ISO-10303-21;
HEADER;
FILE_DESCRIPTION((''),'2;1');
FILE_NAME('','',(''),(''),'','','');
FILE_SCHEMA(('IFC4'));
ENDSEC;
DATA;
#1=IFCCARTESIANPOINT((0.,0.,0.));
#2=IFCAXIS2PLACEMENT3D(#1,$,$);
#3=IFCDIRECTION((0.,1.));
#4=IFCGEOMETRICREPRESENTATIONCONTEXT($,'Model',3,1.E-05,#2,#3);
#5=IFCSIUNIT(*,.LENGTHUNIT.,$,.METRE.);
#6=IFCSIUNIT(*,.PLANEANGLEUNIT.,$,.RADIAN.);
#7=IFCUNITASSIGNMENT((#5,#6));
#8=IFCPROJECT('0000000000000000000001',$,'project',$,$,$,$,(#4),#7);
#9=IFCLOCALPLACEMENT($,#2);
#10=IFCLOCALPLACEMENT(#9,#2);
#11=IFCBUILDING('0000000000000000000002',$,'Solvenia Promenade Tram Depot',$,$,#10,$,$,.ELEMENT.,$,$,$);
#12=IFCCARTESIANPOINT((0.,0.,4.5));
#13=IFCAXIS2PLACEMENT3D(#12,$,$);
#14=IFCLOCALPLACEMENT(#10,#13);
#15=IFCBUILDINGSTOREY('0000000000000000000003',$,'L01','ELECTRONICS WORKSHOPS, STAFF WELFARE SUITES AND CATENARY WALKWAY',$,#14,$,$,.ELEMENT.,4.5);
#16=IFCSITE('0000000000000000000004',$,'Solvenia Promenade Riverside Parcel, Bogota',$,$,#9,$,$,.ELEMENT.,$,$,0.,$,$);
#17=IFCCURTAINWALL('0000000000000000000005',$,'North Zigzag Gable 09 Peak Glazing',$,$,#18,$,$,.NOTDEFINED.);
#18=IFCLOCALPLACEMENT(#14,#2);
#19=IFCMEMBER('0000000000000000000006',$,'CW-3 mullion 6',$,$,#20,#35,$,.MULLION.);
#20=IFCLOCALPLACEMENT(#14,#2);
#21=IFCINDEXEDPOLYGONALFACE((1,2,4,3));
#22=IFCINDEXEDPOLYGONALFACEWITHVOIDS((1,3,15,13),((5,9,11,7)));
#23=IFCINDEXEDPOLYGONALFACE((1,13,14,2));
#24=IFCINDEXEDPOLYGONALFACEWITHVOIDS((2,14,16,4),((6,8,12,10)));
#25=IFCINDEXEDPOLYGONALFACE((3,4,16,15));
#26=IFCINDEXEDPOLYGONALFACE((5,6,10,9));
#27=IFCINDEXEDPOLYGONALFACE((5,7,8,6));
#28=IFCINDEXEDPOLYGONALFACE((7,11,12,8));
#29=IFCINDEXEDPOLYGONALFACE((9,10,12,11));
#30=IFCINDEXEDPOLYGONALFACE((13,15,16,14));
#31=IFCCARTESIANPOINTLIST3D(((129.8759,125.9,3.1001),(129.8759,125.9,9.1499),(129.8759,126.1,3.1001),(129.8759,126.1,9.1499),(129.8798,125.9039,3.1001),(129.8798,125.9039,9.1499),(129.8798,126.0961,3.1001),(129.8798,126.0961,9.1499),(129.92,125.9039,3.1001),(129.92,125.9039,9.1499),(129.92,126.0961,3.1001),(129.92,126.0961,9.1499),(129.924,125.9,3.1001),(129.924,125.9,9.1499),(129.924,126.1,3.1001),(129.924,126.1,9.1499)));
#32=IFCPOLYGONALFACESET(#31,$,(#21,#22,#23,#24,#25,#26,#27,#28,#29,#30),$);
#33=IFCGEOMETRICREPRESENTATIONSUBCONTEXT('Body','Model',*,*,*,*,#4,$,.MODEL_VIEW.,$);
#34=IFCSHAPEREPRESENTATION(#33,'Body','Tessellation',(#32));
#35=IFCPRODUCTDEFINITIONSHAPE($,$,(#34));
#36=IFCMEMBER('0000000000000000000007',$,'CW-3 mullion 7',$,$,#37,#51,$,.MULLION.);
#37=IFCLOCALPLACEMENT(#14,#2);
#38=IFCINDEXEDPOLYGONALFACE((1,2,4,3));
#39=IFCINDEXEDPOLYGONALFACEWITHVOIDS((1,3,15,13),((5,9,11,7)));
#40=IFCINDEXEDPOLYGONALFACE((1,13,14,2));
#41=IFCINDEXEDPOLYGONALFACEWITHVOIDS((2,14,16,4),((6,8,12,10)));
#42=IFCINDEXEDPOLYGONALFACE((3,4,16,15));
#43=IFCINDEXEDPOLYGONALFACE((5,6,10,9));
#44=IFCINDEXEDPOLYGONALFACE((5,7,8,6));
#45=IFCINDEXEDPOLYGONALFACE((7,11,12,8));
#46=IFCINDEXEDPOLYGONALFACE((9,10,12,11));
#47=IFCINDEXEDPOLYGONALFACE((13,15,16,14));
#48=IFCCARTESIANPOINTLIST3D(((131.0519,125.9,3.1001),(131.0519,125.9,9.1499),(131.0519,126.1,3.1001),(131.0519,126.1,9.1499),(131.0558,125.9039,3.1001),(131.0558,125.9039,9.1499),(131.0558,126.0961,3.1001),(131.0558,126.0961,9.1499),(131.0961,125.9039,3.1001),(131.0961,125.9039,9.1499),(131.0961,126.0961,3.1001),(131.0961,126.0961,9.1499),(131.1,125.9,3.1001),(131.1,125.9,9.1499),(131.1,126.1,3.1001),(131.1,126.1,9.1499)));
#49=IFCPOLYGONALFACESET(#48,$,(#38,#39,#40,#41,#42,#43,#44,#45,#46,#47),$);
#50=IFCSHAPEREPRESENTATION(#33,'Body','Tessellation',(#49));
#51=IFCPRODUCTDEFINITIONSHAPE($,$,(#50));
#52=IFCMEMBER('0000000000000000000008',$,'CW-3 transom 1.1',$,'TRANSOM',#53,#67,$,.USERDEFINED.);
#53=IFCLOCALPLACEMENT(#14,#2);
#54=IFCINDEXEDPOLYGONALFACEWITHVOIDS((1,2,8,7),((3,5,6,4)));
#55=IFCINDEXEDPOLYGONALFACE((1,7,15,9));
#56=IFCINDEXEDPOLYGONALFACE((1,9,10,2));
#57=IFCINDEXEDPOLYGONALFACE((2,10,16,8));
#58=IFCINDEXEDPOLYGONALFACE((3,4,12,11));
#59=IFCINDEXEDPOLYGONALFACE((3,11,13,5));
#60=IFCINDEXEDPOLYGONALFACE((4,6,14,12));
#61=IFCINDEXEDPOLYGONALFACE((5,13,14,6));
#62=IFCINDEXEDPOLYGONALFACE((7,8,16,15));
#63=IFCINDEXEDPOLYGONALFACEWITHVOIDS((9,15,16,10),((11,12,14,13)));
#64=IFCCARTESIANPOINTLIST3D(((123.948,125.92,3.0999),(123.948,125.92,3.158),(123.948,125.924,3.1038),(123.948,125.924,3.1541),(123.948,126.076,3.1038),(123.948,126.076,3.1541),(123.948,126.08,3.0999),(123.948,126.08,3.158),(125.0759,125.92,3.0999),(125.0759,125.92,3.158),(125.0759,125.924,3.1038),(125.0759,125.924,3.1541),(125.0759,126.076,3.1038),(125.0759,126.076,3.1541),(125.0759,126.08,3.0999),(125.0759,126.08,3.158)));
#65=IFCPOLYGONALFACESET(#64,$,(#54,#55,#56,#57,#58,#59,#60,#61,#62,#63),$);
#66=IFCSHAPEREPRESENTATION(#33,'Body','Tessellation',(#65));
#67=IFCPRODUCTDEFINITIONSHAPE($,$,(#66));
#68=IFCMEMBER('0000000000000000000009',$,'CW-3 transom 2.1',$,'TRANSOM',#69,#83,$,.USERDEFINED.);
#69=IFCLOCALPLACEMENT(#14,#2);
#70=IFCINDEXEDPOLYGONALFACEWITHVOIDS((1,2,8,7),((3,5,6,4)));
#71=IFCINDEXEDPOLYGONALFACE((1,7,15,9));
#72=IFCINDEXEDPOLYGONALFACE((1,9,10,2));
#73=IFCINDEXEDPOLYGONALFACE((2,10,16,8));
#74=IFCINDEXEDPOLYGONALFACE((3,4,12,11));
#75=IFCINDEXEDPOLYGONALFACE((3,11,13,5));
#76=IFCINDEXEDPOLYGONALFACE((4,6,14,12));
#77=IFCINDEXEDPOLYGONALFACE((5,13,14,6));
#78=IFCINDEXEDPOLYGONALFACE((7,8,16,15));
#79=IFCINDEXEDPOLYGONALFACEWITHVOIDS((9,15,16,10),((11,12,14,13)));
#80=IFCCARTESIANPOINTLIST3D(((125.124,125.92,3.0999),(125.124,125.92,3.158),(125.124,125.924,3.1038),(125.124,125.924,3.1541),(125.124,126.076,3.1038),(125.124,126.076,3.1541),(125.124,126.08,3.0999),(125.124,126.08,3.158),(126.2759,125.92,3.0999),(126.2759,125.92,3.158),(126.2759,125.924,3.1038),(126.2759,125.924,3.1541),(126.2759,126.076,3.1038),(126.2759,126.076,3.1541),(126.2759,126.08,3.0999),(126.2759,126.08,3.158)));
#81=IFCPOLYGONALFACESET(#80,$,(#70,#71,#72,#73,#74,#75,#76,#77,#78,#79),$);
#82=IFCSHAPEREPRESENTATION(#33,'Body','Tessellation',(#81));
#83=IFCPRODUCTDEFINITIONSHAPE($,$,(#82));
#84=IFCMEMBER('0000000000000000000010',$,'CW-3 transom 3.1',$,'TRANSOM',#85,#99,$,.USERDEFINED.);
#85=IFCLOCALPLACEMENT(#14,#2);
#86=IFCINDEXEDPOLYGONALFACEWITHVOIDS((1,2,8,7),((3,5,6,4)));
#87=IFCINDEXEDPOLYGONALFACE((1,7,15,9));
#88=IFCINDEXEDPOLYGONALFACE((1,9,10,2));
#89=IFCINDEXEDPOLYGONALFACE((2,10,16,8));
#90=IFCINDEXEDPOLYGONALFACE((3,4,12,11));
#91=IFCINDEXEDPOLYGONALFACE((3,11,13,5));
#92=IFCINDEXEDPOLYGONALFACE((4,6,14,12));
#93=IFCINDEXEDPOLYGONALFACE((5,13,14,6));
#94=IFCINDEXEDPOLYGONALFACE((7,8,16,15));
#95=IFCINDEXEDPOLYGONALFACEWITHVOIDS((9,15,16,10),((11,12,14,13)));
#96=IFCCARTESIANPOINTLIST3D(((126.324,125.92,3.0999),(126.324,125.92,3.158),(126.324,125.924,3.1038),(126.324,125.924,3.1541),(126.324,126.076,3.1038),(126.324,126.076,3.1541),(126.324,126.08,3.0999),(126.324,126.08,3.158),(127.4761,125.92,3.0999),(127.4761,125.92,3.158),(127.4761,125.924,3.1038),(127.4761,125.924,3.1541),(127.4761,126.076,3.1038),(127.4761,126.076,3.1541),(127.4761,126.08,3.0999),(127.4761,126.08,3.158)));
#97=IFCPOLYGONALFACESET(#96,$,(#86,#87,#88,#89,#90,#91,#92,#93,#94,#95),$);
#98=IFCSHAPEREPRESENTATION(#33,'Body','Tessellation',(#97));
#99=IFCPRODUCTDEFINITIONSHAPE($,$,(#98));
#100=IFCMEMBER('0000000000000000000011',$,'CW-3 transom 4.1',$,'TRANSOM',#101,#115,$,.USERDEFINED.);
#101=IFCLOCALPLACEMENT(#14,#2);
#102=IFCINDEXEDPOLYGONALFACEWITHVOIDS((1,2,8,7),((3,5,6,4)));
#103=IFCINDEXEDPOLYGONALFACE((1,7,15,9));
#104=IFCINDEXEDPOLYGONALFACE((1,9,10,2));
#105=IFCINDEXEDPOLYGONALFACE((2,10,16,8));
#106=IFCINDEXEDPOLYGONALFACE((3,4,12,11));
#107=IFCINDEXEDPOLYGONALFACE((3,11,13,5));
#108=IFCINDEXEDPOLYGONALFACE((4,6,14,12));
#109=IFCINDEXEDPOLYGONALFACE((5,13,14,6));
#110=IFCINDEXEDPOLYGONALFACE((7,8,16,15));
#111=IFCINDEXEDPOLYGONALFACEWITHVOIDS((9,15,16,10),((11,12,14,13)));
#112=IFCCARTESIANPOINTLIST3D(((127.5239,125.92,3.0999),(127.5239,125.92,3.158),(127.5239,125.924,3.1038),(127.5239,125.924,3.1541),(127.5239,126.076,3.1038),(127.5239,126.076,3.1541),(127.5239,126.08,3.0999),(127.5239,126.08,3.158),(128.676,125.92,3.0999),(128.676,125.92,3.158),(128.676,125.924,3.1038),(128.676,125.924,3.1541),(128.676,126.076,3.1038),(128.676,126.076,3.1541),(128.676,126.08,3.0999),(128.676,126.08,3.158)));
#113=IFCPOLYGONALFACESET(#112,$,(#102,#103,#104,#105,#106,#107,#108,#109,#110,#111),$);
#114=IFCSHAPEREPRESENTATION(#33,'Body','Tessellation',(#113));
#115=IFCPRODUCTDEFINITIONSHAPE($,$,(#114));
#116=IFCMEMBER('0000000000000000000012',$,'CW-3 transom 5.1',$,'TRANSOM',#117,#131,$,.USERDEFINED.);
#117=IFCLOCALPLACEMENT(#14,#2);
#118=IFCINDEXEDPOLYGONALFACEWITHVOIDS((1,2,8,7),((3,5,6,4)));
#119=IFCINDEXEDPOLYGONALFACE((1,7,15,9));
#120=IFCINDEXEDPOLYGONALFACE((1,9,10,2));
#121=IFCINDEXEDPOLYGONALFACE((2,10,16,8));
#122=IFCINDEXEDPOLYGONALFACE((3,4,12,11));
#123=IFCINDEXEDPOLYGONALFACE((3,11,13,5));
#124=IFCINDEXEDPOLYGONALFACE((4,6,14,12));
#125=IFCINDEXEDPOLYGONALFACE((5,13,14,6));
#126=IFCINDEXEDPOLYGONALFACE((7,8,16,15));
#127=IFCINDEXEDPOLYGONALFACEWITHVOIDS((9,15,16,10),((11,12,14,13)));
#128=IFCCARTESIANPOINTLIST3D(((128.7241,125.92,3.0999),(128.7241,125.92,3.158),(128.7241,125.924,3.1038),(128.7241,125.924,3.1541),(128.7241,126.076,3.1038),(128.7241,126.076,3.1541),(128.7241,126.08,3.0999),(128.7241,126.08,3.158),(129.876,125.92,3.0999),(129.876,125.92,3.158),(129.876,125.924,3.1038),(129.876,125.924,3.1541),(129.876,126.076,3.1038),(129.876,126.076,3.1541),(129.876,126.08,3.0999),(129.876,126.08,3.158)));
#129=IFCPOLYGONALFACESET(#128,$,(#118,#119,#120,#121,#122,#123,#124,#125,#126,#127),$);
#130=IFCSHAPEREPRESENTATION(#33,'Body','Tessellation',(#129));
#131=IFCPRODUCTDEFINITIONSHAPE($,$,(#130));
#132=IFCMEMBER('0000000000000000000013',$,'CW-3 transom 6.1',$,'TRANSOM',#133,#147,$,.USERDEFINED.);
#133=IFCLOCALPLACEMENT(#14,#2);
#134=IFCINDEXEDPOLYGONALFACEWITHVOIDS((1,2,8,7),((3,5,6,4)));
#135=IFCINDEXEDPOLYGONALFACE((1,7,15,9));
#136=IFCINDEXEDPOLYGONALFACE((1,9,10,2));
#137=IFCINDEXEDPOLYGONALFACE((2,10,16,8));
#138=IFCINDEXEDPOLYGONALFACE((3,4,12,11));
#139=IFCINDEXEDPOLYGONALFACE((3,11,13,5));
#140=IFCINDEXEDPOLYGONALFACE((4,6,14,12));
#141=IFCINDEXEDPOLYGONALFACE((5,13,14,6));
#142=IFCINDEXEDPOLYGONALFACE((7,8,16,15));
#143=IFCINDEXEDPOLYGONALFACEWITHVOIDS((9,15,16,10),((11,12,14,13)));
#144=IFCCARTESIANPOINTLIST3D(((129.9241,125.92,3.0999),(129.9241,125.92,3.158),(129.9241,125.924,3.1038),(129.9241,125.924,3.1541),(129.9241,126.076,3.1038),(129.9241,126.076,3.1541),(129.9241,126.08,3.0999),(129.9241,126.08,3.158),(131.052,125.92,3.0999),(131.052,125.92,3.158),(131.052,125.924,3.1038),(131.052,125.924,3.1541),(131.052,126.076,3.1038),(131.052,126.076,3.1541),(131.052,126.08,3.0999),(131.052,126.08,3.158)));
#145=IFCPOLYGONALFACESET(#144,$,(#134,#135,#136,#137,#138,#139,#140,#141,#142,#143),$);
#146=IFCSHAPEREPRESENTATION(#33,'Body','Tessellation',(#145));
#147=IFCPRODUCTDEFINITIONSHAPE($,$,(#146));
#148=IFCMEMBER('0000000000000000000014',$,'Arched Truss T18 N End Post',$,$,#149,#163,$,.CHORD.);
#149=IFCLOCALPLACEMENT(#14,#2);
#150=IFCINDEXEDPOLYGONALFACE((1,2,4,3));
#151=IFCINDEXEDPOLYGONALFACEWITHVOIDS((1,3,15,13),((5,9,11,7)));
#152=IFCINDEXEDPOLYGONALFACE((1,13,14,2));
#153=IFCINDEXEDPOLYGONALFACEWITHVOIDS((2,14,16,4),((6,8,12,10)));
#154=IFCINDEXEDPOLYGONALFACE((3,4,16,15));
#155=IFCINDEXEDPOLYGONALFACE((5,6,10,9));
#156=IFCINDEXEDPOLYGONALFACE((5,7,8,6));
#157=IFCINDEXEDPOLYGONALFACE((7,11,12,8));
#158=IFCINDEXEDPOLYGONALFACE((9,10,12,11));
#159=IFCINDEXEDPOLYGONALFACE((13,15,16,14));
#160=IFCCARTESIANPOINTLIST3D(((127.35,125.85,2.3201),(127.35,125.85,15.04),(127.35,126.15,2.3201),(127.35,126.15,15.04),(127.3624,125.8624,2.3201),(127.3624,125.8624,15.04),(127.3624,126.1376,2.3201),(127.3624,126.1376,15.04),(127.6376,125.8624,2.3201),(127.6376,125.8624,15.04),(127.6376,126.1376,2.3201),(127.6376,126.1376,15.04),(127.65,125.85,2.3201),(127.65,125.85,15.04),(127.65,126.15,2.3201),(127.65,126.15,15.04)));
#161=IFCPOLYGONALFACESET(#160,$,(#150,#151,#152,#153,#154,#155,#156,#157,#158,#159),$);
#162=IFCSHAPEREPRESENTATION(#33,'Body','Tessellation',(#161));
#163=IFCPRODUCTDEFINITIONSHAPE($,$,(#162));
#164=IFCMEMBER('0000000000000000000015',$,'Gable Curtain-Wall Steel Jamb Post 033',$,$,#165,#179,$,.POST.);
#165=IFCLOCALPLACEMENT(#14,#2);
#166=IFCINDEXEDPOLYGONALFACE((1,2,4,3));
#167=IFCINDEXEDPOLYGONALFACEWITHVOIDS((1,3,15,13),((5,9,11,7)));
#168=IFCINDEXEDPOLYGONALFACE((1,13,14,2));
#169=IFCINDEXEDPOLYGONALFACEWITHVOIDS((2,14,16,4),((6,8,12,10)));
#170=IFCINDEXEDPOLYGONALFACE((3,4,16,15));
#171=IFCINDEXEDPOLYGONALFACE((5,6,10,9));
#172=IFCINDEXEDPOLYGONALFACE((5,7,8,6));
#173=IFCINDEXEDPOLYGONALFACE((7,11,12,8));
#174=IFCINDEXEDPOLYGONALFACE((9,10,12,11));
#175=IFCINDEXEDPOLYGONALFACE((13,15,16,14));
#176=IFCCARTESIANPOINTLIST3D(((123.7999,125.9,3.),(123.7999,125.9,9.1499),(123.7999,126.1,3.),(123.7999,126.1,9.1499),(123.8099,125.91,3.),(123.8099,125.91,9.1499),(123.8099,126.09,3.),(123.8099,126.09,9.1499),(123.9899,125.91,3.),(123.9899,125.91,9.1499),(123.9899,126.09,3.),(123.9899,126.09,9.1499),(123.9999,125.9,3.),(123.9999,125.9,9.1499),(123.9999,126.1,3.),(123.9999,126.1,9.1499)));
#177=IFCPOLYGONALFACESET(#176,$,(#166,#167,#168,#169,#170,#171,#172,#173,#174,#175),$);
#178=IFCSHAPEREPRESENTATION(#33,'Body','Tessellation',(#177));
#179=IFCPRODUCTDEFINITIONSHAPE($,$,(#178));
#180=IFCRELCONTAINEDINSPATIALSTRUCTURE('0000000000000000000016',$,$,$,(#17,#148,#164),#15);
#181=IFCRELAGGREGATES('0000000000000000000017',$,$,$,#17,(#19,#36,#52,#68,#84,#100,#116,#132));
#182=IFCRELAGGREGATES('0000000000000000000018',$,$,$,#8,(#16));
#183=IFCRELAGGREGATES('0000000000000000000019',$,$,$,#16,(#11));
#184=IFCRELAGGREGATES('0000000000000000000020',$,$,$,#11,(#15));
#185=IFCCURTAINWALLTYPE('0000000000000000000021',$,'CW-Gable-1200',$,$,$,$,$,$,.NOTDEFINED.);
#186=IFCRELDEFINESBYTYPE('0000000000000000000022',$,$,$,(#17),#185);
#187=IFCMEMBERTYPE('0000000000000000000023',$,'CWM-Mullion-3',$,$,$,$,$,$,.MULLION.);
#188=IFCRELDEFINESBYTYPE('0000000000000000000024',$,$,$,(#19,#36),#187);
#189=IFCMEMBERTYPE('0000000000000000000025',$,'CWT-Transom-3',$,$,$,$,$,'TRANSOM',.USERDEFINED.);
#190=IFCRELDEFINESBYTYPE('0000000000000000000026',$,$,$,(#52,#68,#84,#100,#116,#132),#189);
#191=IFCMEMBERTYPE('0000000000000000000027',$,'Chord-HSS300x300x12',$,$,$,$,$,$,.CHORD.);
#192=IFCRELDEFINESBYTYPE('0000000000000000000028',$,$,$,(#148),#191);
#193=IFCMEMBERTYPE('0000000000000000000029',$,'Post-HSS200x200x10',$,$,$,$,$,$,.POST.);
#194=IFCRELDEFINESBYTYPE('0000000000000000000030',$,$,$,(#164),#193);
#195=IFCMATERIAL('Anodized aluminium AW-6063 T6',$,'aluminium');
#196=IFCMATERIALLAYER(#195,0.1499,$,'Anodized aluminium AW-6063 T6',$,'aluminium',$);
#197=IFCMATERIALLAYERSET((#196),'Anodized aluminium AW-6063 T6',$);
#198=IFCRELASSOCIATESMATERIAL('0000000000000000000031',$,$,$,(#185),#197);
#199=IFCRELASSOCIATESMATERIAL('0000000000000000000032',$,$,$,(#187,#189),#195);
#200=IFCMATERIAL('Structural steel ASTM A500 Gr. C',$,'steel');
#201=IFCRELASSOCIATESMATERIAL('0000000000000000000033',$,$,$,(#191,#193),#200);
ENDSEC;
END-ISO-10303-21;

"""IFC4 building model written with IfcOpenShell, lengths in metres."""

from ifc_helpers import new_model, si_unit, direction, frame, origin, origin_2d, place, context, subcontext, project, spatial, hollow_rectangle, extrude, material, layer, layer_set, material_profile, profile_set, type_object, element, aggregate, save


model = new_model("IFC4")

# Units and contexts
model_context = context("Model", 3, precision=1e-05, world=origin(), true_north=direction((0.0, 1.0)))
body_context = subcontext(model_context, "Body", "Model", "MODEL_VIEW")
ifc_project = project(units=[si_unit("LENGTHUNIT", "METRE"), si_unit("PLANEANGLEUNIT", "RADIAN")], contexts=[model_context])

# Site, building, storey
site_placement = place(None, origin())
site = spatial("IfcSite", under=ifc_project, at=site_placement, Name="Solvenia Promenade Riverside Parcel, Bogota", CompositionType="ELEMENT", RefElevation=0.0)
building_placement = place(site_placement, origin())
building = spatial("IfcBuilding", under=site, at=building_placement, Name="Solvenia Promenade Tram Depot", CompositionType="ELEMENT")
storey_placement = place(building_placement, frame((0.0, 0.0, 4.5)))
storey = spatial("IfcBuildingStorey", under=building, at=storey_placement, Name="L01", Description="ELECTRONICS WORKSHOPS, STAFF WELFARE SUITES AND CATENARY WALKWAY", CompositionType="ELEMENT", Elevation=4.5)

# Shared definitions
ifc_material_1 = material(Name="Structural steel ASTM A500 Gr. C", Category="steel")

# Curtain wall, members
ifc_material_2 = material(Name="Anodized aluminium AW-6063 T6", Category="aluminium")
ifc_layer_1 = layer(ifc_material_2, 0.1499, Name="Anodized aluminium AW-6063 T6", Category="aluminium")
ifc_layer_set_1 = layer_set([ifc_layer_1], Name="Anodized aluminium AW-6063 T6")
curtain_wall_type = type_object("IfcCurtainWallType", Name="CW-Gable-1200", PredefinedType="NOTDEFINED", material=ifc_layer_set_1)
curtain_wall_placement = place(storey_placement, origin())
curtain_wall = element("IfcCurtainWall", 1, at=curtain_wall_placement, inside=storey, type_object=curtain_wall_type, Name="North Zigzag Gable 09 Peak Glazing", PredefinedType="NOTDEFINED")
ifc_material_profile_1 = material_profile(ifc_material_2, hollow_rectangle(XDim=0.2, YDim=0.0481, WallThickness=0.0039, at=origin_2d()), Name="ALU-M3", Category="aluminium")
ifc_profile_set_1 = profile_set([ifc_material_profile_1], Name="Anodized aluminium AW-6063 T6")
member_type_1 = type_object("IfcMemberType", Name="CWM-Mullion-3", PredefinedType="MULLION", material=ifc_profile_set_1)
member_1_placement = place(storey_placement, frame((129.8999, 126.0, 3.1001), z_axis=(0.0, 0.0, 1.0), x_axis=(0.0, 1.0, 0.0)))
member_1 = element("IfcMember", 2, at=member_1_placement, type_object=member_type_1, Name="CW-3 mullion 6", PredefinedType="MULLION", context=body_context, shape_type="SweptSolid", body=[
    extrude(hollow_rectangle(XDim=0.2, YDim=0.0481, WallThickness=0.0039, at=origin_2d()), origin(), (0.0, 0.0, 1.0), 6.0498),
])
member_2_placement = place(storey_placement, frame((131.0759, 126.0, 3.1001), z_axis=(0.0, 0.0, 1.0), x_axis=(0.0, 1.0, 0.0)))
member_2 = element("IfcMember", 3, at=member_2_placement, type_object=member_type_1, Name="CW-3 mullion 7", PredefinedType="MULLION", context=body_context, shape_type="SweptSolid", body=[
    extrude(hollow_rectangle(XDim=0.2, YDim=0.0481, WallThickness=0.0039, at=origin_2d()), origin(), (0.0, 0.0, 1.0), 6.0498),
])
ifc_material_profile_2 = material_profile(ifc_material_2, hollow_rectangle(XDim=0.1599, YDim=0.0581, WallThickness=0.0039, at=origin_2d()), Name="ALU-T3", Category="aluminium")
ifc_profile_set_2 = profile_set([ifc_material_profile_2], Name="Anodized aluminium AW-6063 T6")
member_type_2 = type_object("IfcMemberType", Name="CWT-Transom-3", ElementType="TRANSOM", PredefinedType="USERDEFINED", material=ifc_profile_set_2)
member_3_placement = place(storey_placement, frame((123.948, 126.0, 3.1289), z_axis=(1.0, 0.0, 0.0), x_axis=(0.0, 1.0, 0.0)))
member_3 = element("IfcMember", 4, at=member_3_placement, type_object=member_type_2, Name="CW-3 transom 1.1", ObjectType="TRANSOM", PredefinedType="USERDEFINED", context=body_context, shape_type="SweptSolid", body=[
    extrude(hollow_rectangle(XDim=0.1599, YDim=0.0581, WallThickness=0.0039, at=origin_2d()), origin(), (0.0, 0.0, 1.0), 1.1279),
])
member_4_placement = place(storey_placement, frame((125.124, 126.0, 3.1289), z_axis=(1.0, 0.0, 0.0), x_axis=(0.0, 1.0, 0.0)))
member_4 = element("IfcMember", 5, at=member_4_placement, type_object=member_type_2, Name="CW-3 transom 2.1", ObjectType="TRANSOM", PredefinedType="USERDEFINED", context=body_context, shape_type="SweptSolid", body=[
    extrude(hollow_rectangle(XDim=0.1599, YDim=0.0581, WallThickness=0.0039, at=origin_2d()), origin(), (0.0, 0.0, 1.0), 1.1519),
])
member_5_placement = place(storey_placement, frame((126.324, 126.0, 3.1289), z_axis=(1.0, 0.0, 0.0), x_axis=(0.0, 1.0, 0.0)))
member_5 = element("IfcMember", 6, at=member_5_placement, type_object=member_type_2, Name="CW-3 transom 3.1", ObjectType="TRANSOM", PredefinedType="USERDEFINED", context=body_context, shape_type="SweptSolid", body=[
    extrude(hollow_rectangle(XDim=0.1599, YDim=0.0581, WallThickness=0.0039, at=origin_2d()), origin(), (0.0, 0.0, 1.0), 1.1521),
])
member_6_placement = place(storey_placement, frame((127.5239, 126.0, 3.1289), z_axis=(1.0, 0.0, 0.0), x_axis=(0.0, 1.0, 0.0)))
member_6 = element("IfcMember", 7, at=member_6_placement, type_object=member_type_2, Name="CW-3 transom 4.1", ObjectType="TRANSOM", PredefinedType="USERDEFINED", context=body_context, shape_type="SweptSolid", body=[
    extrude(hollow_rectangle(XDim=0.1599, YDim=0.0581, WallThickness=0.0039, at=origin_2d()), origin(), (0.0, 0.0, 1.0), 1.1521),
])
member_7_placement = place(storey_placement, frame((128.7241, 126.0, 3.1289), z_axis=(1.0, 0.0, 0.0), x_axis=(0.0, 1.0, 0.0)))
member_7 = element("IfcMember", 8, at=member_7_placement, type_object=member_type_2, Name="CW-3 transom 5.1", ObjectType="TRANSOM", PredefinedType="USERDEFINED", context=body_context, shape_type="SweptSolid", body=[
    extrude(hollow_rectangle(XDim=0.1599, YDim=0.0581, WallThickness=0.0039, at=origin_2d()), origin(), (0.0, 0.0, 1.0), 1.1519),
])
member_8_placement = place(storey_placement, frame((129.9241, 126.0, 3.1289), z_axis=(1.0, 0.0, 0.0), x_axis=(0.0, 1.0, 0.0)))
member_8 = element("IfcMember", 9, at=member_8_placement, type_object=member_type_2, Name="CW-3 transom 6.1", ObjectType="TRANSOM", PredefinedType="USERDEFINED", context=body_context, shape_type="SweptSolid", body=[
    extrude(hollow_rectangle(XDim=0.1599, YDim=0.0581, WallThickness=0.0039, at=origin_2d()), origin(), (0.0, 0.0, 1.0), 1.1279),
])

# Members
ifc_material_profile_3 = material_profile(ifc_material_1, hollow_rectangle(XDim=0.3, YDim=0.3, WallThickness=0.0125, at=origin_2d()), Name="HSS300x300x12.5", Category="steel")
ifc_profile_set_3 = profile_set([ifc_material_profile_3], Name="Structural steel ASTM A500 Gr. C")
member_type_3 = type_object("IfcMemberType", Name="Chord-HSS300x300x12", PredefinedType="CHORD", material=ifc_profile_set_3)
member_9_placement = place(storey_placement, frame((127.5, 126.0, 2.3201), z_axis=(0.0, 0.0, 1.0), x_axis=(1.0, 0.0, 0.0)))
element("IfcMember", 10, at=member_9_placement, inside=storey, type_object=member_type_3, Name="Arched Truss T18 N End Post", PredefinedType="CHORD", context=body_context, shape_type="SweptSolid", body=[
    extrude(hollow_rectangle(XDim=0.3, YDim=0.3, WallThickness=0.0125, at=origin_2d()), origin(), (0.0, 0.0, 1.0), 12.72),
])
ifc_material_profile_4 = material_profile(ifc_material_1, hollow_rectangle(XDim=0.2, YDim=0.2, WallThickness=0.01, at=origin_2d()), Name="HSS200x200x10", Category="steel")
ifc_profile_set_4 = profile_set([ifc_material_profile_4], Name="Structural steel ASTM A500 Gr. C")
member_type_4 = type_object("IfcMemberType", Name="Post-HSS200x200x10", PredefinedType="POST", material=ifc_profile_set_4)
for number, where, z_axis, x_axis, name in (
    (11, (123.8999, 126.0, 3.0), (0.0, 0.0, 1.0), (1.0, 0.0, 0.0), "Gable Curtain-Wall Steel Jamb Post 033"),
):
    element("IfcMember", number, at=place(storey_placement, frame(where, z_axis=z_axis, x_axis=x_axis)), inside=storey, type_object=member_type_4, Name=name, PredefinedType="POST", context=body_context, shape_type="SweptSolid", body=[
        extrude(hollow_rectangle(XDim=0.2, YDim=0.2, WallThickness=0.01, at=origin_2d()), origin(), (0.0, 0.0, 1.0), 6.1499),
    ])

aggregate(curtain_wall, [member_1, member_2, member_3, member_4, member_5, member_6, member_7, member_8])

save(model, "model.ifc")
